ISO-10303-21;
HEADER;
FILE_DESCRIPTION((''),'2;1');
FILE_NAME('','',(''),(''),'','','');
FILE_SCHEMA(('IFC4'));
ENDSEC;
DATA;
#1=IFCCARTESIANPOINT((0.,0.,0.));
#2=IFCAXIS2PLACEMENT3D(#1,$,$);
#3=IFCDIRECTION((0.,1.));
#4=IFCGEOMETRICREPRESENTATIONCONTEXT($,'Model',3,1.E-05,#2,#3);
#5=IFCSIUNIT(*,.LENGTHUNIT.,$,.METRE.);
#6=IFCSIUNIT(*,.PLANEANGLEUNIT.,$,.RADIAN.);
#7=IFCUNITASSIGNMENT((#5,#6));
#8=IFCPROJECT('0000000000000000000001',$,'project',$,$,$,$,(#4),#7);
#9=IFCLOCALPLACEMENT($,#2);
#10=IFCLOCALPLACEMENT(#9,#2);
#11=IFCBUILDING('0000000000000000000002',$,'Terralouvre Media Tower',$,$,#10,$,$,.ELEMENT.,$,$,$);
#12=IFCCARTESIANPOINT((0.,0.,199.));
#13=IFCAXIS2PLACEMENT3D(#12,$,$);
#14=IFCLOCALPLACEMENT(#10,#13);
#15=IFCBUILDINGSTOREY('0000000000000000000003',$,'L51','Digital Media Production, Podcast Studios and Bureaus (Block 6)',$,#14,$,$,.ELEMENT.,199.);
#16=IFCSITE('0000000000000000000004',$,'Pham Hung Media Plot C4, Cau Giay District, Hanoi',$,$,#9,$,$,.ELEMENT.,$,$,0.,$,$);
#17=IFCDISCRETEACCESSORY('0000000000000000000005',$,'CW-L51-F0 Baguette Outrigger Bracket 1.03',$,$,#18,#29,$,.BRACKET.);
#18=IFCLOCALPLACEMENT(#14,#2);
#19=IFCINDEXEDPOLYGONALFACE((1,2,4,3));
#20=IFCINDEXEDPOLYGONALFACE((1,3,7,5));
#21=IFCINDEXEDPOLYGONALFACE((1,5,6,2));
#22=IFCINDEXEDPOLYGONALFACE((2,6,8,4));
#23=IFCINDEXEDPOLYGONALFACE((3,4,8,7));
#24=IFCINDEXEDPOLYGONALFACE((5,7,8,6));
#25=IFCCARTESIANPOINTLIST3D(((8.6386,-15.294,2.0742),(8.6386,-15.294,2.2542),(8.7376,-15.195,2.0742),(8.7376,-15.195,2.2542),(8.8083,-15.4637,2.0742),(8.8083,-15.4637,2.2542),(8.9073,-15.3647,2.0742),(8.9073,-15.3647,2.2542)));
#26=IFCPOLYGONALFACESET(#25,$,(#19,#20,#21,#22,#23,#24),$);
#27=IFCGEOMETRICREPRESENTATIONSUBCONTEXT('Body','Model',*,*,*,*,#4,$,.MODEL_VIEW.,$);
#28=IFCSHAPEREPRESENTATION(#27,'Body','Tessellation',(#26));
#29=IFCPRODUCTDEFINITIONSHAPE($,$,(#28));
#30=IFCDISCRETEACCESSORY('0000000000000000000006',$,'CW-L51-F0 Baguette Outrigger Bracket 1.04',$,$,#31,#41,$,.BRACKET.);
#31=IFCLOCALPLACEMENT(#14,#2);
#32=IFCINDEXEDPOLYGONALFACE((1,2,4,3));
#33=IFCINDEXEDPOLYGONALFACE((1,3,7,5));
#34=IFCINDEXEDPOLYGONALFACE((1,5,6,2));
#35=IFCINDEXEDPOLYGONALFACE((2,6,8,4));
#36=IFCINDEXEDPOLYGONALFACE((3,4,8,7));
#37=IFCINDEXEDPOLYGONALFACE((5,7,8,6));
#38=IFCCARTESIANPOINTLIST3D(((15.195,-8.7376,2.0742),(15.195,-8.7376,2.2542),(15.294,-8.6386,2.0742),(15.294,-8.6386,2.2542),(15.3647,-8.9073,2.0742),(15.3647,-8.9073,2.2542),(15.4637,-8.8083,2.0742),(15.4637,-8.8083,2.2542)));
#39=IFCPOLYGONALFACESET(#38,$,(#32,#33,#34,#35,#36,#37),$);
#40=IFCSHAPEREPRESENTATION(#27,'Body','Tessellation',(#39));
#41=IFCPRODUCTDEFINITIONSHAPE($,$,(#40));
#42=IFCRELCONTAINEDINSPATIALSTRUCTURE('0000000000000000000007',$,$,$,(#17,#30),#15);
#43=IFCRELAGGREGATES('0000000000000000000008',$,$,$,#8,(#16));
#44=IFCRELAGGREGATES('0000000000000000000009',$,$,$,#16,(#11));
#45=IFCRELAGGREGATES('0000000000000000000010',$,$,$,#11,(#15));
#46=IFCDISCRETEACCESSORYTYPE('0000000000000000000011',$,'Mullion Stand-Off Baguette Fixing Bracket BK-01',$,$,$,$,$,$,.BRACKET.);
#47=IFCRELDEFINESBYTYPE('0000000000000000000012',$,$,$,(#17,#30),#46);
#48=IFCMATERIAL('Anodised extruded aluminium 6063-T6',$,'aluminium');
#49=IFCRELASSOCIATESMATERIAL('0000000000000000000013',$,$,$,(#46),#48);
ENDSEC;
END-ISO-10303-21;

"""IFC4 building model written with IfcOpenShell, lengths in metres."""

from ifc_helpers import new_model, si_unit, direction, frame, origin, origin_2d, place, context, subcontext, project, spatial, rectangle, extrude, material, type_object, element, save


model = new_model("IFC4")

# Units and contexts
model_context = context("Model", 3, precision=1e-05, world=origin(), true_north=direction((0.0, 1.0)))
body_context = subcontext(model_context, "Body", "Model", "MODEL_VIEW")
ifc_project = project(units=[si_unit("LENGTHUNIT", "METRE"), si_unit("PLANEANGLEUNIT", "RADIAN")], contexts=[model_context])

# Site, building, storey
site_placement = place(None, origin())
site = spatial("IfcSite", under=ifc_project, at=site_placement, Name="Pham Hung Media Plot C4, Cau Giay District, Hanoi", CompositionType="ELEMENT", RefElevation=0.0)
building_placement = place(site_placement, origin())
building = spatial("IfcBuilding", under=site, at=building_placement, Name="Terralouvre Media Tower", CompositionType="ELEMENT")
storey_placement = place(building_placement, frame((0.0, 0.0, 199.0)))
storey = spatial("IfcBuildingStorey", under=building, at=storey_placement, Name="L51", Description="Digital Media Production, Podcast Studios and Bureaus (Block 6)", CompositionType="ELEMENT", Elevation=199.0)

# Discrete accessories
ifc_material_1 = material(Name="Anodised extruded aluminium 6063-T6", Category="aluminium")
discrete_accessory_type = type_object("IfcDiscreteAccessoryType", Name="Mullion Stand-Off Baguette Fixing Bracket BK-01", PredefinedType="BRACKET", material=ifc_material_1)
for number, where, z_axis, x_axis, name in (
    (1, (8.7729, -15.3293, 2.0742), (0.0, 0.0, 1.0), (0.707107, 0.707107, 0.0), "CW-L51-F0 Baguette Outrigger Bracket 1.03"),
    (2, (15.3293, -8.7729, 2.0742), (0.0, 0.0, 1.0), (0.707107, 0.707107, 0.0), "CW-L51-F0 Baguette Outrigger Bracket 1.04"),
):
    element("IfcDiscreteAccessory", number, at=place(storey_placement, frame(where, z_axis=z_axis, x_axis=x_axis)), inside=storey, type_object=discrete_accessory_type, Name=name, PredefinedType="BRACKET", context=body_context, shape_type="SweptSolid", body=[
        extrude(rectangle(XDim=0.1399, YDim=0.24, at=origin_2d()), origin(), (0.0, 0.0, 1.0), 0.1799),
    ])

save(model, "model.ifc")
